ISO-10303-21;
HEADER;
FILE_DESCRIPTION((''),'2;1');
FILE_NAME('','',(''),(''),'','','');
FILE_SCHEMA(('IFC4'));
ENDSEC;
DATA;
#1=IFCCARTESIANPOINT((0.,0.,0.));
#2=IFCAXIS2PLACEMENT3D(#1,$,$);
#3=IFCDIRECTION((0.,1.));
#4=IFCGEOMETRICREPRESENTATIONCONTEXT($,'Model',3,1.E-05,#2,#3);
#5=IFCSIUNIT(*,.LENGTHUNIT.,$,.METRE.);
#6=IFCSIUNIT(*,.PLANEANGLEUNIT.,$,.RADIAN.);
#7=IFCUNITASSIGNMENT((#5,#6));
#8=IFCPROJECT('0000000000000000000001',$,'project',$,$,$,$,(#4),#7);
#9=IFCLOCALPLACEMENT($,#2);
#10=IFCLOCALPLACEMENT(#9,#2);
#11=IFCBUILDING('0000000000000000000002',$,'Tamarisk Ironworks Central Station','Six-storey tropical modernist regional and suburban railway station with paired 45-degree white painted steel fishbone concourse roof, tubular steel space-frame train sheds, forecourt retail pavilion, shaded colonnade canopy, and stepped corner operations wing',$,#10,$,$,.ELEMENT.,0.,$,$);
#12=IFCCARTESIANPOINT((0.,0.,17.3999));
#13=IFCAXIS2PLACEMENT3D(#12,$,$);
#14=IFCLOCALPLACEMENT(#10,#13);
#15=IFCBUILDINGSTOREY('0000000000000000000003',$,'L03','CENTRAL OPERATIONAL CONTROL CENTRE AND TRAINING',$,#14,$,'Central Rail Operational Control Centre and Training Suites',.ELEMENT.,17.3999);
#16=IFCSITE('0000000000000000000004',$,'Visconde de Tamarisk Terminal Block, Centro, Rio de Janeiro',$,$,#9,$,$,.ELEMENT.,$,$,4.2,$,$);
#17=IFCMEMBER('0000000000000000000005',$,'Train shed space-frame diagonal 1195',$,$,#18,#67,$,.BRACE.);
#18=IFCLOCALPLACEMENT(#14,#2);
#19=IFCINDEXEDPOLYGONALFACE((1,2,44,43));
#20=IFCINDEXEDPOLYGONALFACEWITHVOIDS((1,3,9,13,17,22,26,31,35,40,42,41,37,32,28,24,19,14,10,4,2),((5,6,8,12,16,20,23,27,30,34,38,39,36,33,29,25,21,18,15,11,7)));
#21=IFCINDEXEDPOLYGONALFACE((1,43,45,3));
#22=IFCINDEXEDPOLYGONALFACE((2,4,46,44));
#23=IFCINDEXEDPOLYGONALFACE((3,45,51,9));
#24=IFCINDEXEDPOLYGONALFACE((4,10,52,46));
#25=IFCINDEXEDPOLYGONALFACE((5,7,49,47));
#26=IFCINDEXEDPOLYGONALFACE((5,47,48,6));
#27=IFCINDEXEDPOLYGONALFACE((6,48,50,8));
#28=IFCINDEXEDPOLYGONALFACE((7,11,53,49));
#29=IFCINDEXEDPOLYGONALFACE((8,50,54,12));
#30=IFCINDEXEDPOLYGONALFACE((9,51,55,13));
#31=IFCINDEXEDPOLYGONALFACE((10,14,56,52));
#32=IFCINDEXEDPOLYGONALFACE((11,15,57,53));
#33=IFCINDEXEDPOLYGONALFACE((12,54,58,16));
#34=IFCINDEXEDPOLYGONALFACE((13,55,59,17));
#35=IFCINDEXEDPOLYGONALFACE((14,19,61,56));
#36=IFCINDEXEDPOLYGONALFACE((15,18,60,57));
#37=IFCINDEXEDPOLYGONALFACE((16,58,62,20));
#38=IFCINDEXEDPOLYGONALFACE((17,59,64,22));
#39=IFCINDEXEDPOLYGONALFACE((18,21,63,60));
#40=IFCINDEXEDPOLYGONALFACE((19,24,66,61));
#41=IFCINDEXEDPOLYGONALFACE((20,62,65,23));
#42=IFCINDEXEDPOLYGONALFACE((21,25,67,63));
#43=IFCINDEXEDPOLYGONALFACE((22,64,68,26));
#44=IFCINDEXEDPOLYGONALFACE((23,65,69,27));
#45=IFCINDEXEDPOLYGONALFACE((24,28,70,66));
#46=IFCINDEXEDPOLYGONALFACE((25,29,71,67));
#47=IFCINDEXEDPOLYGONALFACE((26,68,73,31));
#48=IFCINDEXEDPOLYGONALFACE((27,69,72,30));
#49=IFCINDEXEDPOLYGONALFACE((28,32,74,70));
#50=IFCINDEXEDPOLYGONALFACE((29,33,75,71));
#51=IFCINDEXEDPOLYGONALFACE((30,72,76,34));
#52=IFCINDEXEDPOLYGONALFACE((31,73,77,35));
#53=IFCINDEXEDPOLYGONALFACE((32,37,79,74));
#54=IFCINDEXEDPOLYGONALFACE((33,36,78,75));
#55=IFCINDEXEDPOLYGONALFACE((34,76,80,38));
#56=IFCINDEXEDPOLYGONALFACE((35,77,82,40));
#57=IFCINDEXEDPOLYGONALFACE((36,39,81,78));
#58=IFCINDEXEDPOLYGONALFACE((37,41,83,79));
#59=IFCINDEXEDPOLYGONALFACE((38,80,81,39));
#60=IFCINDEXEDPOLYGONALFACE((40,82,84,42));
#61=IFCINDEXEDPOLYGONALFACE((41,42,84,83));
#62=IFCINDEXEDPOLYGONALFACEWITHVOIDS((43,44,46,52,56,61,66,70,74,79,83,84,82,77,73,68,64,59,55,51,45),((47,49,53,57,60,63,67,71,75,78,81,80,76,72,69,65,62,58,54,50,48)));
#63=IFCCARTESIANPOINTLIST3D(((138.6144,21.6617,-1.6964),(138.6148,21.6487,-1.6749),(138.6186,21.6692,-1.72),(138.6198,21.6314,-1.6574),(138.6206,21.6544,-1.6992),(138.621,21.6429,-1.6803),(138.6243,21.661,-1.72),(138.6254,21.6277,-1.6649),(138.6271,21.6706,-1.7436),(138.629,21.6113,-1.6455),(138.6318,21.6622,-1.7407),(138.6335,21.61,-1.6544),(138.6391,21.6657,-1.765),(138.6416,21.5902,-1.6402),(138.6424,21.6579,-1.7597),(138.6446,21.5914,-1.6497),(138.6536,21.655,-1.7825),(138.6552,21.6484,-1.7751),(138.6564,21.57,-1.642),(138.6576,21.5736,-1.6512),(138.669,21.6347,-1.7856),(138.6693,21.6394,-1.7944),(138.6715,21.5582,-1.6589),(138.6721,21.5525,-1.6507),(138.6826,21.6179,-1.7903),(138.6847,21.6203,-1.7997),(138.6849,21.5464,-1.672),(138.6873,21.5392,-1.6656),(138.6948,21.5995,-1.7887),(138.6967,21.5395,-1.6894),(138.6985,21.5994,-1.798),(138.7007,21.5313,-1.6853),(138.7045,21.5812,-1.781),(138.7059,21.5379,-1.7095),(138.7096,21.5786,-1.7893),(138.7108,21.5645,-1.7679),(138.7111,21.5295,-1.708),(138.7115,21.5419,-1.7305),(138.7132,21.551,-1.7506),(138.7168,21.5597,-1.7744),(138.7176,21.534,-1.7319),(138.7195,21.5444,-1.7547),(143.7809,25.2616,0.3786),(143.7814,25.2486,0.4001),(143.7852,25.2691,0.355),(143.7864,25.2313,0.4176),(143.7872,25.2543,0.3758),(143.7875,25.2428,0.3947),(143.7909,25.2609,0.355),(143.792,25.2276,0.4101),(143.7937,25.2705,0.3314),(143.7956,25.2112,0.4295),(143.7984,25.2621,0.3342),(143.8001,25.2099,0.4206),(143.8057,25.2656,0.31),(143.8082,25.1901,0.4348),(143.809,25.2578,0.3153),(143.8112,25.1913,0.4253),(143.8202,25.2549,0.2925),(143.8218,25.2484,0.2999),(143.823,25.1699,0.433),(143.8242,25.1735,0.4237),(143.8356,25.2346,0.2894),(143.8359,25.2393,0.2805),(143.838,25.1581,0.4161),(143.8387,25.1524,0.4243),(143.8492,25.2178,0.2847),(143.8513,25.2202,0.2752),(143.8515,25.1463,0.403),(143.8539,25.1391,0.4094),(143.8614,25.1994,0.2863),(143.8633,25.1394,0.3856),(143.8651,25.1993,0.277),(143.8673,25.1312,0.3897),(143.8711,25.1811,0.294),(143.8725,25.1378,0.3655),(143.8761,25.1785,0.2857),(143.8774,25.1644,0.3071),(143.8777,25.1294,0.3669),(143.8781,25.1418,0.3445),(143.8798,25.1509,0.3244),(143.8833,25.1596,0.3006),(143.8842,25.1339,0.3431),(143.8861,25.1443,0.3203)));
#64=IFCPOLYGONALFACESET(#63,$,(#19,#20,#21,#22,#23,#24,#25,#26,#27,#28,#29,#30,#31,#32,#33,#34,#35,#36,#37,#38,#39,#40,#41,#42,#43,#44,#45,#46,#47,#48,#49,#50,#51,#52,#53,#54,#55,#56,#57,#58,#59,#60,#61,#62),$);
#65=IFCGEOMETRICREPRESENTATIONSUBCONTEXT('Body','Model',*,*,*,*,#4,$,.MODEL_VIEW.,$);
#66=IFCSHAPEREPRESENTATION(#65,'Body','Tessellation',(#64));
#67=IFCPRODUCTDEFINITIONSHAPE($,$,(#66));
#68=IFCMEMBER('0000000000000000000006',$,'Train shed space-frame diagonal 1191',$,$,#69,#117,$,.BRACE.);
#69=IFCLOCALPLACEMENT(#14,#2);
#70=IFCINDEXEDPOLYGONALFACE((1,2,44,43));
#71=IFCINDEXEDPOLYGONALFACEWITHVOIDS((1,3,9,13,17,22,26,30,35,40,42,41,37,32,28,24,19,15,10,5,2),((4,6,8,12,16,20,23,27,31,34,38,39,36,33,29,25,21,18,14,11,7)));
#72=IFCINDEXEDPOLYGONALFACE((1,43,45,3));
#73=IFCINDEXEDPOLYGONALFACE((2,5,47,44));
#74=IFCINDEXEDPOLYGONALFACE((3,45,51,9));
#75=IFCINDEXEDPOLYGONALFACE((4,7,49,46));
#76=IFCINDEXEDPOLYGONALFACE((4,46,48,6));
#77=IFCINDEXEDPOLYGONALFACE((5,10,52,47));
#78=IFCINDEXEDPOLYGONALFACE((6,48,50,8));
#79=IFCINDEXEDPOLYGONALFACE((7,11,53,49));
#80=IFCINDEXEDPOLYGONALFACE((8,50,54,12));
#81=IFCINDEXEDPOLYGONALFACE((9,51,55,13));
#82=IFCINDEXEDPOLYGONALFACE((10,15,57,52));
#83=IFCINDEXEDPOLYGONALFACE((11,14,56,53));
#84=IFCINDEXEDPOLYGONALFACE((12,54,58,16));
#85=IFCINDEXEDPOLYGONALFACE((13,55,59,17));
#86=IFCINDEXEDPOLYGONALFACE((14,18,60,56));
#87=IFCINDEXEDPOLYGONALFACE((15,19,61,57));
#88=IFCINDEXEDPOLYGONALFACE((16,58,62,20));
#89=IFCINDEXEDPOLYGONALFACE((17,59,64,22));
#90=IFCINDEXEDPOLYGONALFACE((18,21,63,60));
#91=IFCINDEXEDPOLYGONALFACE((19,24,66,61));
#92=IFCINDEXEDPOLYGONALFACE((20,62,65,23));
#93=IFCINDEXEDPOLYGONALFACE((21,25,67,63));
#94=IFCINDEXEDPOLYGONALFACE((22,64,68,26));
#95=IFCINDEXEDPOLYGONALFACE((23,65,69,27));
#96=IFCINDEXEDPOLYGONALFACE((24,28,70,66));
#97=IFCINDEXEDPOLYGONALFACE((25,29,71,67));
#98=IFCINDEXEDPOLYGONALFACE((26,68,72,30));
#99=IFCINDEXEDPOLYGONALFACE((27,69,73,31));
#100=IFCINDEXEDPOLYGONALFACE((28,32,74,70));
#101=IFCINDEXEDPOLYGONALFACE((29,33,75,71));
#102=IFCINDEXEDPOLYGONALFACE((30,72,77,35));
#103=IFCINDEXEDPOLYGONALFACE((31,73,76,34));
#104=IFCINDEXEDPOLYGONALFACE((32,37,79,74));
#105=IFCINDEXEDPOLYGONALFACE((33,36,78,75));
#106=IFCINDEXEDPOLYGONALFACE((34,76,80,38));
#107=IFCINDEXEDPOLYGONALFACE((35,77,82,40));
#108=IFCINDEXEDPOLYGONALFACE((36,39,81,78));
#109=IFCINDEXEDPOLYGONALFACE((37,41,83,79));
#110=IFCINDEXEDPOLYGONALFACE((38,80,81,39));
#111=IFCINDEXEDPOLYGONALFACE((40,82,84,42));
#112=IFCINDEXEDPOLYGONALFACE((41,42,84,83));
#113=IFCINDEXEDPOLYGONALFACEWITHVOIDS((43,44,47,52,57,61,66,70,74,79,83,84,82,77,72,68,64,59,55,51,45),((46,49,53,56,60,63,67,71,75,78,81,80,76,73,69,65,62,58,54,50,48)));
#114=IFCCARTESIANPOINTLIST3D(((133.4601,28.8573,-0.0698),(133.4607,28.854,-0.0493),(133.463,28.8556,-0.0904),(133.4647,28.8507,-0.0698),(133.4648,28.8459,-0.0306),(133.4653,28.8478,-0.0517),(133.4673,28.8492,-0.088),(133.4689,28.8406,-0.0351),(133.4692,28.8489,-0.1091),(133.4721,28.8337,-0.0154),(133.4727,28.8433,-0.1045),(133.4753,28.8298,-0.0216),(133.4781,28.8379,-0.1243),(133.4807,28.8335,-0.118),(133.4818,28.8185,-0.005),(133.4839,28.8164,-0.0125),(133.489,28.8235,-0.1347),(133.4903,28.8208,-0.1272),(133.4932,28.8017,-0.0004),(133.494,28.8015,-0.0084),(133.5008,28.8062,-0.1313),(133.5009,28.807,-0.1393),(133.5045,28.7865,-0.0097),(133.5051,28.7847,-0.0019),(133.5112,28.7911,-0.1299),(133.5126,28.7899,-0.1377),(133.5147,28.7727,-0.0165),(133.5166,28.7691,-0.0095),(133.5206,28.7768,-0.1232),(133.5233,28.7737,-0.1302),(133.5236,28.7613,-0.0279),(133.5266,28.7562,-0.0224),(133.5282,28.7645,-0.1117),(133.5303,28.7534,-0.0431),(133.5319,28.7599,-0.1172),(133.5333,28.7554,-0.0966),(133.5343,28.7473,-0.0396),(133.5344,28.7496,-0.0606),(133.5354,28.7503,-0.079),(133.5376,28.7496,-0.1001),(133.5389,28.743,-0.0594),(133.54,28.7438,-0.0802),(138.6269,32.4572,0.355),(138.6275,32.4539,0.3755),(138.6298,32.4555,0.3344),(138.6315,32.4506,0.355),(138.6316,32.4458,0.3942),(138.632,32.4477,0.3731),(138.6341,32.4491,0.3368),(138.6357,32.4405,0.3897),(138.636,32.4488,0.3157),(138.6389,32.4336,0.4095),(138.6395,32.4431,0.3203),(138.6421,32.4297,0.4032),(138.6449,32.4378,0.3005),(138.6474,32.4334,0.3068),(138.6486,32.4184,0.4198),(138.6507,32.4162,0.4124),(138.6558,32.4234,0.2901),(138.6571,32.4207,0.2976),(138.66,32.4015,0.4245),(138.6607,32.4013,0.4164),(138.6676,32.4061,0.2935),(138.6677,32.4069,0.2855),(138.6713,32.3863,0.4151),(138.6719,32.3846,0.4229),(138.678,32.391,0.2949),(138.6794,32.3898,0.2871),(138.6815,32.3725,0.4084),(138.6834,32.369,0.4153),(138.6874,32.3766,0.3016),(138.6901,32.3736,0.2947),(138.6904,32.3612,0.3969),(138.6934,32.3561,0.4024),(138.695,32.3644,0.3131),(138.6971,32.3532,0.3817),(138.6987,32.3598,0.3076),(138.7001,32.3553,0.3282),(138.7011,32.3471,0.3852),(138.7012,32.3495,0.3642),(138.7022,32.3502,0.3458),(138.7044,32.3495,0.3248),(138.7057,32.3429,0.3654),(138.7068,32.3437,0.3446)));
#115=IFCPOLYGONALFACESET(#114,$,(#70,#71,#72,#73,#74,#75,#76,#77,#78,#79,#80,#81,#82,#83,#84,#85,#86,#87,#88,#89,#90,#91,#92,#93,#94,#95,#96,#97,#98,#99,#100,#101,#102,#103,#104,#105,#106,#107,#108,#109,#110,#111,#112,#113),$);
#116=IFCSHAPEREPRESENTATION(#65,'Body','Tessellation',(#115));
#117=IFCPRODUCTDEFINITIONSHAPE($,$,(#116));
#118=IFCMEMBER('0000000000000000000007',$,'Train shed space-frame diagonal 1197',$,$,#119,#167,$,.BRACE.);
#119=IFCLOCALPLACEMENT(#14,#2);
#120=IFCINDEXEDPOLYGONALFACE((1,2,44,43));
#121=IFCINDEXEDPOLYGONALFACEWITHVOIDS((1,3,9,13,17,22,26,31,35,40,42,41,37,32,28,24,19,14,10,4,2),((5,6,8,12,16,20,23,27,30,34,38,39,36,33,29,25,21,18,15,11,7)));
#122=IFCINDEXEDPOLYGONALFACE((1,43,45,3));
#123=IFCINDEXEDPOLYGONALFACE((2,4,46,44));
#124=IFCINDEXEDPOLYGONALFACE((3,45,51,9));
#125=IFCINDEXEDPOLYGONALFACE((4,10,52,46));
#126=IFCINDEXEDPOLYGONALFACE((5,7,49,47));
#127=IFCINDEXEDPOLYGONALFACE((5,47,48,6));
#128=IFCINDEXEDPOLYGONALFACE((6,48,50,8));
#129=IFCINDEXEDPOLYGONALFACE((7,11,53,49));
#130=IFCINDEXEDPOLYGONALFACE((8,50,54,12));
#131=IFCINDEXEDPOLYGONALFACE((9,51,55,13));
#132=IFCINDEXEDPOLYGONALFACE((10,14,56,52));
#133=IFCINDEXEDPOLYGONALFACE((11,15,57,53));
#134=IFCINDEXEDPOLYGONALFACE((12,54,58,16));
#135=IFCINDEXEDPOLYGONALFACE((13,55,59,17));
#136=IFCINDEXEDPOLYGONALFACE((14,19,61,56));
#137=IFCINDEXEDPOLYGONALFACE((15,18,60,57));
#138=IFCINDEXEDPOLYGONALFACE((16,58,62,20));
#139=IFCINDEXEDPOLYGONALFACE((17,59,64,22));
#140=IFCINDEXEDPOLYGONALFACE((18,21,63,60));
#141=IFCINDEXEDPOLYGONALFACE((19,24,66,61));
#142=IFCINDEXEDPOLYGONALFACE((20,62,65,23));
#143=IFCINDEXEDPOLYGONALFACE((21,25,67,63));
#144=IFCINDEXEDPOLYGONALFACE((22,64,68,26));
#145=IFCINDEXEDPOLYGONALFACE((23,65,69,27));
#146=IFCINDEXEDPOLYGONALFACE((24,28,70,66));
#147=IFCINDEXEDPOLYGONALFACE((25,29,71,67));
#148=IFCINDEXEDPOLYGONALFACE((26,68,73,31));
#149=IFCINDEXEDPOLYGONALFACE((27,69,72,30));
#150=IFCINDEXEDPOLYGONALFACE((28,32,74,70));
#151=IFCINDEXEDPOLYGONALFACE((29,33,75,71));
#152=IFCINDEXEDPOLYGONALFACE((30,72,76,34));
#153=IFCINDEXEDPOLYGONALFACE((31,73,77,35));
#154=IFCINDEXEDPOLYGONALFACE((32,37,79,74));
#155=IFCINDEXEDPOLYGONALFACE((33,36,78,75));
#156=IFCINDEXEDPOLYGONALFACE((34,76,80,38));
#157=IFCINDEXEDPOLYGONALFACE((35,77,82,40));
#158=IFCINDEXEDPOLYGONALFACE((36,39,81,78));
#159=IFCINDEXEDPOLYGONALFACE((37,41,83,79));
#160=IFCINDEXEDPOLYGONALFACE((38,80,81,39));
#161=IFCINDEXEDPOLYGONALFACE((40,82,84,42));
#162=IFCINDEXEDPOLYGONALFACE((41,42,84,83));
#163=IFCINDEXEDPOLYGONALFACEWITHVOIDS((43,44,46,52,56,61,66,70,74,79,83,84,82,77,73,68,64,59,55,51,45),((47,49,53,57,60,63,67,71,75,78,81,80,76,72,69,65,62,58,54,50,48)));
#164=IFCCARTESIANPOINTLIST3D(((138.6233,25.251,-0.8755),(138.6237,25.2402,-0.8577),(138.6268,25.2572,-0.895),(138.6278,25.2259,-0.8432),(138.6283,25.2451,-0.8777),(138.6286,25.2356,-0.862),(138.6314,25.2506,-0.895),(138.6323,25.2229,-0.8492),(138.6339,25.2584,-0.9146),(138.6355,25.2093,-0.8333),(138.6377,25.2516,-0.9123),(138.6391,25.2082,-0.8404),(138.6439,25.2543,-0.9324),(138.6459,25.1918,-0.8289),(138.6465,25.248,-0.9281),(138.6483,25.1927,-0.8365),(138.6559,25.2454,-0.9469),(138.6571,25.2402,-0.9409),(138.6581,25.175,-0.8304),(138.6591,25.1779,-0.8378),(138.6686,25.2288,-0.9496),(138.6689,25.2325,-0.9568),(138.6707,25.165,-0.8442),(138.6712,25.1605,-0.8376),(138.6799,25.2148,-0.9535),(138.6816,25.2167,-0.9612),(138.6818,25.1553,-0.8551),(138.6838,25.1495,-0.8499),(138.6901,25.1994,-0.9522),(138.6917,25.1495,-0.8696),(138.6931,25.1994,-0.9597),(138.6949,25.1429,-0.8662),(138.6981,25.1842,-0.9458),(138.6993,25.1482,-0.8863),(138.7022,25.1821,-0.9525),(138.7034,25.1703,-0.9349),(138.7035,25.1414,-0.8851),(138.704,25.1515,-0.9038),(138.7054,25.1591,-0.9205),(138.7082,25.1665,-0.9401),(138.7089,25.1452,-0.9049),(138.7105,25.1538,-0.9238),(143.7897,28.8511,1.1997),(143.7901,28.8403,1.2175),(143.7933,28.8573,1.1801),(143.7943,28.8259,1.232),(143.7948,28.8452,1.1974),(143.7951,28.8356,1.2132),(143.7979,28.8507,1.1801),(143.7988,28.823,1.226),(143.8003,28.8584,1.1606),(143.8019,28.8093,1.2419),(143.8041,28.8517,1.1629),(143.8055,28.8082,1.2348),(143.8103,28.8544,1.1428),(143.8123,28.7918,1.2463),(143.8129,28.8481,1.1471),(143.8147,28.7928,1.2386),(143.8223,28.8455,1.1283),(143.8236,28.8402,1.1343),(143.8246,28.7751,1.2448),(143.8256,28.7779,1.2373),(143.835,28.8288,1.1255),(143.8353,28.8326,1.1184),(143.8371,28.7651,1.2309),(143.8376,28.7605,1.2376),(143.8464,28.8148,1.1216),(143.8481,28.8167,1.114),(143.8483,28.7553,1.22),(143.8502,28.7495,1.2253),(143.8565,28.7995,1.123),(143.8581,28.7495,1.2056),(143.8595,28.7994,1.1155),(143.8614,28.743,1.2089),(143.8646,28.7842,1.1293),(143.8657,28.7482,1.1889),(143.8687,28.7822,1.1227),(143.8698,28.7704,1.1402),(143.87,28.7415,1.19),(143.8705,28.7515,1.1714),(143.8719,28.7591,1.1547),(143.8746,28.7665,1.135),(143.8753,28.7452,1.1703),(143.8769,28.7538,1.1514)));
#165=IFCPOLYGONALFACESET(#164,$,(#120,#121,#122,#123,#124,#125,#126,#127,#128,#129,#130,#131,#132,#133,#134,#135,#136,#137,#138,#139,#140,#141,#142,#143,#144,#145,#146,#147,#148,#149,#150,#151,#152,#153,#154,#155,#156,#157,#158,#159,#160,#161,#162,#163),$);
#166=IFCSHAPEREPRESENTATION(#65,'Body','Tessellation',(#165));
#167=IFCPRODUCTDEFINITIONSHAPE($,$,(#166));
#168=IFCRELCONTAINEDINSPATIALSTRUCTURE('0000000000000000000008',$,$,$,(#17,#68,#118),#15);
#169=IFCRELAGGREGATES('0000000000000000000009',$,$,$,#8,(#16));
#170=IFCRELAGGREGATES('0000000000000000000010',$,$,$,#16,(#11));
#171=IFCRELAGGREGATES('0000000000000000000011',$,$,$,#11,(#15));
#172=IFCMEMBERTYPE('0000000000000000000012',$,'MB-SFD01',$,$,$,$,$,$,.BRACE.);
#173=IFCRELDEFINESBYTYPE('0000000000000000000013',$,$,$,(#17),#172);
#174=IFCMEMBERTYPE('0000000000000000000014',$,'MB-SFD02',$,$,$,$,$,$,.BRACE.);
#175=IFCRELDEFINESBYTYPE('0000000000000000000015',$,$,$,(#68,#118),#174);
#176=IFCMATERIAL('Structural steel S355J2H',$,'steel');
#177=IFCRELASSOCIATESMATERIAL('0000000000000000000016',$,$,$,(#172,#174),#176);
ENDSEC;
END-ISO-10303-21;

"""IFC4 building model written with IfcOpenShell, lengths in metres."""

from ifc_helpers import new_model, si_unit, direction, frame, origin, origin_2d, place, context, subcontext, project, spatial, hollow_circle, extrude, material, material_profile, profile_set, type_object, element, save


model = new_model("IFC4")

# Units and contexts
model_context = context("Model", 3, precision=1e-05, world=origin(), true_north=direction((0.0, 1.0)))
body_context = subcontext(model_context, "Body", "Model", "MODEL_VIEW")
ifc_project = project(units=[si_unit("LENGTHUNIT", "METRE"), si_unit("PLANEANGLEUNIT", "RADIAN")], contexts=[model_context])

# Site, building, storey
site_placement = place(None, origin())
site = spatial("IfcSite", under=ifc_project, at=site_placement, Name="Visconde de Tamarisk Terminal Block, Centro, Rio de Janeiro", CompositionType="ELEMENT", RefElevation=4.2)
building_placement = place(site_placement, origin())
building = spatial("IfcBuilding", under=site, at=building_placement, Name="Tamarisk Ironworks Central Station", Description="Six-storey tropical modernist regional and suburban railway station with paired 45-degree white painted steel fishbone concourse roof, tubular steel space-frame train sheds, forecourt retail pavilion, shaded colonnade canopy, and stepped corner operations wing", CompositionType="ELEMENT", ElevationOfRefHeight=0.0)
storey_placement = place(building_placement, frame((0.0, 0.0, 17.3999)))
storey = spatial("IfcBuildingStorey", under=building, at=storey_placement, Name="L03", Description="CENTRAL OPERATIONAL CONTROL CENTRE AND TRAINING", LongName="Central Rail Operational Control Centre and Training Suites", CompositionType="ELEMENT", Elevation=17.3999)

# Members
ifc_material_1 = material(Name="Structural steel S355J2H", Category="steel")
ifc_material_profile_1 = material_profile(ifc_material_1, hollow_circle(Radius=0.0842, WallThickness=0.01, at=origin_2d()), Name="CHS 168.3x10")
ifc_profile_set_1 = profile_set([ifc_material_profile_1], Name="Structural steel S355J2H")
member_type_1 = type_object("IfcMemberType", Name="MB-SFD01", PredefinedType="BRACE", material=ifc_profile_set_1)
member_1_placement = place(storey_placement, frame((138.6667, 21.6001, -1.72), z_axis=(0.779259, 0.542963, 0.312963), x_axis=(-0.571681, 0.820476, 0.0)))
element("IfcMember", 1, at=member_1_placement, inside=storey, type_object=member_type_1, Name="Train shed space-frame diagonal 1195", PredefinedType="BRACE", context=body_context, shape_type="SweptSolid", body=[
    extrude(hollow_circle(Radius=0.0842, WallThickness=0.01, at=origin_2d()), origin(), (0.0, 0.0, 1.0), 6.6301),
])
ifc_material_profile_2 = material_profile(ifc_material_1, hollow_circle(Radius=0.0698, WallThickness=0.0081, at=origin_2d()), Name="CHS 139.7x8")
ifc_profile_set_2 = profile_set([ifc_material_profile_2], Name="Structural steel S355J2H")
member_type_2 = type_object("IfcMemberType", Name="MB-SFD02", PredefinedType="BRACE", material=ifc_profile_set_2)
member_2_placement = place(storey_placement, frame((133.5, 28.8, -0.0698), z_axis=(0.818628, 0.570367, 0.067307), x_axis=(-0.571663, 0.820489, 0.0)))
element("IfcMember", 2, at=member_2_placement, inside=storey, type_object=member_type_2, Name="Train shed space-frame diagonal 1191", PredefinedType="BRACE", context=body_context, shape_type="SweptSolid", body=[
    extrude(hollow_circle(Radius=0.0698, WallThickness=0.0081, at=origin_2d()), origin(), (0.0, 0.0, 1.0), 6.3115),
])
member_3_placement = place(storey_placement, frame((138.6667, 25.2, -0.895), z_axis=(0.779235, 0.542983, 0.31299), x_axis=(-0.571707, 0.820458, 0.0)))
element("IfcMember", 3, at=member_3_placement, inside=storey, type_object=member_type_2, Name="Train shed space-frame diagonal 1197", PredefinedType="BRACE", context=body_context, shape_type="SweptSolid", body=[
    extrude(hollow_circle(Radius=0.0698, WallThickness=0.0081, at=origin_2d()), origin(), (0.0, 0.0, 1.0), 6.6301),
])

save(model, "model.ifc")
